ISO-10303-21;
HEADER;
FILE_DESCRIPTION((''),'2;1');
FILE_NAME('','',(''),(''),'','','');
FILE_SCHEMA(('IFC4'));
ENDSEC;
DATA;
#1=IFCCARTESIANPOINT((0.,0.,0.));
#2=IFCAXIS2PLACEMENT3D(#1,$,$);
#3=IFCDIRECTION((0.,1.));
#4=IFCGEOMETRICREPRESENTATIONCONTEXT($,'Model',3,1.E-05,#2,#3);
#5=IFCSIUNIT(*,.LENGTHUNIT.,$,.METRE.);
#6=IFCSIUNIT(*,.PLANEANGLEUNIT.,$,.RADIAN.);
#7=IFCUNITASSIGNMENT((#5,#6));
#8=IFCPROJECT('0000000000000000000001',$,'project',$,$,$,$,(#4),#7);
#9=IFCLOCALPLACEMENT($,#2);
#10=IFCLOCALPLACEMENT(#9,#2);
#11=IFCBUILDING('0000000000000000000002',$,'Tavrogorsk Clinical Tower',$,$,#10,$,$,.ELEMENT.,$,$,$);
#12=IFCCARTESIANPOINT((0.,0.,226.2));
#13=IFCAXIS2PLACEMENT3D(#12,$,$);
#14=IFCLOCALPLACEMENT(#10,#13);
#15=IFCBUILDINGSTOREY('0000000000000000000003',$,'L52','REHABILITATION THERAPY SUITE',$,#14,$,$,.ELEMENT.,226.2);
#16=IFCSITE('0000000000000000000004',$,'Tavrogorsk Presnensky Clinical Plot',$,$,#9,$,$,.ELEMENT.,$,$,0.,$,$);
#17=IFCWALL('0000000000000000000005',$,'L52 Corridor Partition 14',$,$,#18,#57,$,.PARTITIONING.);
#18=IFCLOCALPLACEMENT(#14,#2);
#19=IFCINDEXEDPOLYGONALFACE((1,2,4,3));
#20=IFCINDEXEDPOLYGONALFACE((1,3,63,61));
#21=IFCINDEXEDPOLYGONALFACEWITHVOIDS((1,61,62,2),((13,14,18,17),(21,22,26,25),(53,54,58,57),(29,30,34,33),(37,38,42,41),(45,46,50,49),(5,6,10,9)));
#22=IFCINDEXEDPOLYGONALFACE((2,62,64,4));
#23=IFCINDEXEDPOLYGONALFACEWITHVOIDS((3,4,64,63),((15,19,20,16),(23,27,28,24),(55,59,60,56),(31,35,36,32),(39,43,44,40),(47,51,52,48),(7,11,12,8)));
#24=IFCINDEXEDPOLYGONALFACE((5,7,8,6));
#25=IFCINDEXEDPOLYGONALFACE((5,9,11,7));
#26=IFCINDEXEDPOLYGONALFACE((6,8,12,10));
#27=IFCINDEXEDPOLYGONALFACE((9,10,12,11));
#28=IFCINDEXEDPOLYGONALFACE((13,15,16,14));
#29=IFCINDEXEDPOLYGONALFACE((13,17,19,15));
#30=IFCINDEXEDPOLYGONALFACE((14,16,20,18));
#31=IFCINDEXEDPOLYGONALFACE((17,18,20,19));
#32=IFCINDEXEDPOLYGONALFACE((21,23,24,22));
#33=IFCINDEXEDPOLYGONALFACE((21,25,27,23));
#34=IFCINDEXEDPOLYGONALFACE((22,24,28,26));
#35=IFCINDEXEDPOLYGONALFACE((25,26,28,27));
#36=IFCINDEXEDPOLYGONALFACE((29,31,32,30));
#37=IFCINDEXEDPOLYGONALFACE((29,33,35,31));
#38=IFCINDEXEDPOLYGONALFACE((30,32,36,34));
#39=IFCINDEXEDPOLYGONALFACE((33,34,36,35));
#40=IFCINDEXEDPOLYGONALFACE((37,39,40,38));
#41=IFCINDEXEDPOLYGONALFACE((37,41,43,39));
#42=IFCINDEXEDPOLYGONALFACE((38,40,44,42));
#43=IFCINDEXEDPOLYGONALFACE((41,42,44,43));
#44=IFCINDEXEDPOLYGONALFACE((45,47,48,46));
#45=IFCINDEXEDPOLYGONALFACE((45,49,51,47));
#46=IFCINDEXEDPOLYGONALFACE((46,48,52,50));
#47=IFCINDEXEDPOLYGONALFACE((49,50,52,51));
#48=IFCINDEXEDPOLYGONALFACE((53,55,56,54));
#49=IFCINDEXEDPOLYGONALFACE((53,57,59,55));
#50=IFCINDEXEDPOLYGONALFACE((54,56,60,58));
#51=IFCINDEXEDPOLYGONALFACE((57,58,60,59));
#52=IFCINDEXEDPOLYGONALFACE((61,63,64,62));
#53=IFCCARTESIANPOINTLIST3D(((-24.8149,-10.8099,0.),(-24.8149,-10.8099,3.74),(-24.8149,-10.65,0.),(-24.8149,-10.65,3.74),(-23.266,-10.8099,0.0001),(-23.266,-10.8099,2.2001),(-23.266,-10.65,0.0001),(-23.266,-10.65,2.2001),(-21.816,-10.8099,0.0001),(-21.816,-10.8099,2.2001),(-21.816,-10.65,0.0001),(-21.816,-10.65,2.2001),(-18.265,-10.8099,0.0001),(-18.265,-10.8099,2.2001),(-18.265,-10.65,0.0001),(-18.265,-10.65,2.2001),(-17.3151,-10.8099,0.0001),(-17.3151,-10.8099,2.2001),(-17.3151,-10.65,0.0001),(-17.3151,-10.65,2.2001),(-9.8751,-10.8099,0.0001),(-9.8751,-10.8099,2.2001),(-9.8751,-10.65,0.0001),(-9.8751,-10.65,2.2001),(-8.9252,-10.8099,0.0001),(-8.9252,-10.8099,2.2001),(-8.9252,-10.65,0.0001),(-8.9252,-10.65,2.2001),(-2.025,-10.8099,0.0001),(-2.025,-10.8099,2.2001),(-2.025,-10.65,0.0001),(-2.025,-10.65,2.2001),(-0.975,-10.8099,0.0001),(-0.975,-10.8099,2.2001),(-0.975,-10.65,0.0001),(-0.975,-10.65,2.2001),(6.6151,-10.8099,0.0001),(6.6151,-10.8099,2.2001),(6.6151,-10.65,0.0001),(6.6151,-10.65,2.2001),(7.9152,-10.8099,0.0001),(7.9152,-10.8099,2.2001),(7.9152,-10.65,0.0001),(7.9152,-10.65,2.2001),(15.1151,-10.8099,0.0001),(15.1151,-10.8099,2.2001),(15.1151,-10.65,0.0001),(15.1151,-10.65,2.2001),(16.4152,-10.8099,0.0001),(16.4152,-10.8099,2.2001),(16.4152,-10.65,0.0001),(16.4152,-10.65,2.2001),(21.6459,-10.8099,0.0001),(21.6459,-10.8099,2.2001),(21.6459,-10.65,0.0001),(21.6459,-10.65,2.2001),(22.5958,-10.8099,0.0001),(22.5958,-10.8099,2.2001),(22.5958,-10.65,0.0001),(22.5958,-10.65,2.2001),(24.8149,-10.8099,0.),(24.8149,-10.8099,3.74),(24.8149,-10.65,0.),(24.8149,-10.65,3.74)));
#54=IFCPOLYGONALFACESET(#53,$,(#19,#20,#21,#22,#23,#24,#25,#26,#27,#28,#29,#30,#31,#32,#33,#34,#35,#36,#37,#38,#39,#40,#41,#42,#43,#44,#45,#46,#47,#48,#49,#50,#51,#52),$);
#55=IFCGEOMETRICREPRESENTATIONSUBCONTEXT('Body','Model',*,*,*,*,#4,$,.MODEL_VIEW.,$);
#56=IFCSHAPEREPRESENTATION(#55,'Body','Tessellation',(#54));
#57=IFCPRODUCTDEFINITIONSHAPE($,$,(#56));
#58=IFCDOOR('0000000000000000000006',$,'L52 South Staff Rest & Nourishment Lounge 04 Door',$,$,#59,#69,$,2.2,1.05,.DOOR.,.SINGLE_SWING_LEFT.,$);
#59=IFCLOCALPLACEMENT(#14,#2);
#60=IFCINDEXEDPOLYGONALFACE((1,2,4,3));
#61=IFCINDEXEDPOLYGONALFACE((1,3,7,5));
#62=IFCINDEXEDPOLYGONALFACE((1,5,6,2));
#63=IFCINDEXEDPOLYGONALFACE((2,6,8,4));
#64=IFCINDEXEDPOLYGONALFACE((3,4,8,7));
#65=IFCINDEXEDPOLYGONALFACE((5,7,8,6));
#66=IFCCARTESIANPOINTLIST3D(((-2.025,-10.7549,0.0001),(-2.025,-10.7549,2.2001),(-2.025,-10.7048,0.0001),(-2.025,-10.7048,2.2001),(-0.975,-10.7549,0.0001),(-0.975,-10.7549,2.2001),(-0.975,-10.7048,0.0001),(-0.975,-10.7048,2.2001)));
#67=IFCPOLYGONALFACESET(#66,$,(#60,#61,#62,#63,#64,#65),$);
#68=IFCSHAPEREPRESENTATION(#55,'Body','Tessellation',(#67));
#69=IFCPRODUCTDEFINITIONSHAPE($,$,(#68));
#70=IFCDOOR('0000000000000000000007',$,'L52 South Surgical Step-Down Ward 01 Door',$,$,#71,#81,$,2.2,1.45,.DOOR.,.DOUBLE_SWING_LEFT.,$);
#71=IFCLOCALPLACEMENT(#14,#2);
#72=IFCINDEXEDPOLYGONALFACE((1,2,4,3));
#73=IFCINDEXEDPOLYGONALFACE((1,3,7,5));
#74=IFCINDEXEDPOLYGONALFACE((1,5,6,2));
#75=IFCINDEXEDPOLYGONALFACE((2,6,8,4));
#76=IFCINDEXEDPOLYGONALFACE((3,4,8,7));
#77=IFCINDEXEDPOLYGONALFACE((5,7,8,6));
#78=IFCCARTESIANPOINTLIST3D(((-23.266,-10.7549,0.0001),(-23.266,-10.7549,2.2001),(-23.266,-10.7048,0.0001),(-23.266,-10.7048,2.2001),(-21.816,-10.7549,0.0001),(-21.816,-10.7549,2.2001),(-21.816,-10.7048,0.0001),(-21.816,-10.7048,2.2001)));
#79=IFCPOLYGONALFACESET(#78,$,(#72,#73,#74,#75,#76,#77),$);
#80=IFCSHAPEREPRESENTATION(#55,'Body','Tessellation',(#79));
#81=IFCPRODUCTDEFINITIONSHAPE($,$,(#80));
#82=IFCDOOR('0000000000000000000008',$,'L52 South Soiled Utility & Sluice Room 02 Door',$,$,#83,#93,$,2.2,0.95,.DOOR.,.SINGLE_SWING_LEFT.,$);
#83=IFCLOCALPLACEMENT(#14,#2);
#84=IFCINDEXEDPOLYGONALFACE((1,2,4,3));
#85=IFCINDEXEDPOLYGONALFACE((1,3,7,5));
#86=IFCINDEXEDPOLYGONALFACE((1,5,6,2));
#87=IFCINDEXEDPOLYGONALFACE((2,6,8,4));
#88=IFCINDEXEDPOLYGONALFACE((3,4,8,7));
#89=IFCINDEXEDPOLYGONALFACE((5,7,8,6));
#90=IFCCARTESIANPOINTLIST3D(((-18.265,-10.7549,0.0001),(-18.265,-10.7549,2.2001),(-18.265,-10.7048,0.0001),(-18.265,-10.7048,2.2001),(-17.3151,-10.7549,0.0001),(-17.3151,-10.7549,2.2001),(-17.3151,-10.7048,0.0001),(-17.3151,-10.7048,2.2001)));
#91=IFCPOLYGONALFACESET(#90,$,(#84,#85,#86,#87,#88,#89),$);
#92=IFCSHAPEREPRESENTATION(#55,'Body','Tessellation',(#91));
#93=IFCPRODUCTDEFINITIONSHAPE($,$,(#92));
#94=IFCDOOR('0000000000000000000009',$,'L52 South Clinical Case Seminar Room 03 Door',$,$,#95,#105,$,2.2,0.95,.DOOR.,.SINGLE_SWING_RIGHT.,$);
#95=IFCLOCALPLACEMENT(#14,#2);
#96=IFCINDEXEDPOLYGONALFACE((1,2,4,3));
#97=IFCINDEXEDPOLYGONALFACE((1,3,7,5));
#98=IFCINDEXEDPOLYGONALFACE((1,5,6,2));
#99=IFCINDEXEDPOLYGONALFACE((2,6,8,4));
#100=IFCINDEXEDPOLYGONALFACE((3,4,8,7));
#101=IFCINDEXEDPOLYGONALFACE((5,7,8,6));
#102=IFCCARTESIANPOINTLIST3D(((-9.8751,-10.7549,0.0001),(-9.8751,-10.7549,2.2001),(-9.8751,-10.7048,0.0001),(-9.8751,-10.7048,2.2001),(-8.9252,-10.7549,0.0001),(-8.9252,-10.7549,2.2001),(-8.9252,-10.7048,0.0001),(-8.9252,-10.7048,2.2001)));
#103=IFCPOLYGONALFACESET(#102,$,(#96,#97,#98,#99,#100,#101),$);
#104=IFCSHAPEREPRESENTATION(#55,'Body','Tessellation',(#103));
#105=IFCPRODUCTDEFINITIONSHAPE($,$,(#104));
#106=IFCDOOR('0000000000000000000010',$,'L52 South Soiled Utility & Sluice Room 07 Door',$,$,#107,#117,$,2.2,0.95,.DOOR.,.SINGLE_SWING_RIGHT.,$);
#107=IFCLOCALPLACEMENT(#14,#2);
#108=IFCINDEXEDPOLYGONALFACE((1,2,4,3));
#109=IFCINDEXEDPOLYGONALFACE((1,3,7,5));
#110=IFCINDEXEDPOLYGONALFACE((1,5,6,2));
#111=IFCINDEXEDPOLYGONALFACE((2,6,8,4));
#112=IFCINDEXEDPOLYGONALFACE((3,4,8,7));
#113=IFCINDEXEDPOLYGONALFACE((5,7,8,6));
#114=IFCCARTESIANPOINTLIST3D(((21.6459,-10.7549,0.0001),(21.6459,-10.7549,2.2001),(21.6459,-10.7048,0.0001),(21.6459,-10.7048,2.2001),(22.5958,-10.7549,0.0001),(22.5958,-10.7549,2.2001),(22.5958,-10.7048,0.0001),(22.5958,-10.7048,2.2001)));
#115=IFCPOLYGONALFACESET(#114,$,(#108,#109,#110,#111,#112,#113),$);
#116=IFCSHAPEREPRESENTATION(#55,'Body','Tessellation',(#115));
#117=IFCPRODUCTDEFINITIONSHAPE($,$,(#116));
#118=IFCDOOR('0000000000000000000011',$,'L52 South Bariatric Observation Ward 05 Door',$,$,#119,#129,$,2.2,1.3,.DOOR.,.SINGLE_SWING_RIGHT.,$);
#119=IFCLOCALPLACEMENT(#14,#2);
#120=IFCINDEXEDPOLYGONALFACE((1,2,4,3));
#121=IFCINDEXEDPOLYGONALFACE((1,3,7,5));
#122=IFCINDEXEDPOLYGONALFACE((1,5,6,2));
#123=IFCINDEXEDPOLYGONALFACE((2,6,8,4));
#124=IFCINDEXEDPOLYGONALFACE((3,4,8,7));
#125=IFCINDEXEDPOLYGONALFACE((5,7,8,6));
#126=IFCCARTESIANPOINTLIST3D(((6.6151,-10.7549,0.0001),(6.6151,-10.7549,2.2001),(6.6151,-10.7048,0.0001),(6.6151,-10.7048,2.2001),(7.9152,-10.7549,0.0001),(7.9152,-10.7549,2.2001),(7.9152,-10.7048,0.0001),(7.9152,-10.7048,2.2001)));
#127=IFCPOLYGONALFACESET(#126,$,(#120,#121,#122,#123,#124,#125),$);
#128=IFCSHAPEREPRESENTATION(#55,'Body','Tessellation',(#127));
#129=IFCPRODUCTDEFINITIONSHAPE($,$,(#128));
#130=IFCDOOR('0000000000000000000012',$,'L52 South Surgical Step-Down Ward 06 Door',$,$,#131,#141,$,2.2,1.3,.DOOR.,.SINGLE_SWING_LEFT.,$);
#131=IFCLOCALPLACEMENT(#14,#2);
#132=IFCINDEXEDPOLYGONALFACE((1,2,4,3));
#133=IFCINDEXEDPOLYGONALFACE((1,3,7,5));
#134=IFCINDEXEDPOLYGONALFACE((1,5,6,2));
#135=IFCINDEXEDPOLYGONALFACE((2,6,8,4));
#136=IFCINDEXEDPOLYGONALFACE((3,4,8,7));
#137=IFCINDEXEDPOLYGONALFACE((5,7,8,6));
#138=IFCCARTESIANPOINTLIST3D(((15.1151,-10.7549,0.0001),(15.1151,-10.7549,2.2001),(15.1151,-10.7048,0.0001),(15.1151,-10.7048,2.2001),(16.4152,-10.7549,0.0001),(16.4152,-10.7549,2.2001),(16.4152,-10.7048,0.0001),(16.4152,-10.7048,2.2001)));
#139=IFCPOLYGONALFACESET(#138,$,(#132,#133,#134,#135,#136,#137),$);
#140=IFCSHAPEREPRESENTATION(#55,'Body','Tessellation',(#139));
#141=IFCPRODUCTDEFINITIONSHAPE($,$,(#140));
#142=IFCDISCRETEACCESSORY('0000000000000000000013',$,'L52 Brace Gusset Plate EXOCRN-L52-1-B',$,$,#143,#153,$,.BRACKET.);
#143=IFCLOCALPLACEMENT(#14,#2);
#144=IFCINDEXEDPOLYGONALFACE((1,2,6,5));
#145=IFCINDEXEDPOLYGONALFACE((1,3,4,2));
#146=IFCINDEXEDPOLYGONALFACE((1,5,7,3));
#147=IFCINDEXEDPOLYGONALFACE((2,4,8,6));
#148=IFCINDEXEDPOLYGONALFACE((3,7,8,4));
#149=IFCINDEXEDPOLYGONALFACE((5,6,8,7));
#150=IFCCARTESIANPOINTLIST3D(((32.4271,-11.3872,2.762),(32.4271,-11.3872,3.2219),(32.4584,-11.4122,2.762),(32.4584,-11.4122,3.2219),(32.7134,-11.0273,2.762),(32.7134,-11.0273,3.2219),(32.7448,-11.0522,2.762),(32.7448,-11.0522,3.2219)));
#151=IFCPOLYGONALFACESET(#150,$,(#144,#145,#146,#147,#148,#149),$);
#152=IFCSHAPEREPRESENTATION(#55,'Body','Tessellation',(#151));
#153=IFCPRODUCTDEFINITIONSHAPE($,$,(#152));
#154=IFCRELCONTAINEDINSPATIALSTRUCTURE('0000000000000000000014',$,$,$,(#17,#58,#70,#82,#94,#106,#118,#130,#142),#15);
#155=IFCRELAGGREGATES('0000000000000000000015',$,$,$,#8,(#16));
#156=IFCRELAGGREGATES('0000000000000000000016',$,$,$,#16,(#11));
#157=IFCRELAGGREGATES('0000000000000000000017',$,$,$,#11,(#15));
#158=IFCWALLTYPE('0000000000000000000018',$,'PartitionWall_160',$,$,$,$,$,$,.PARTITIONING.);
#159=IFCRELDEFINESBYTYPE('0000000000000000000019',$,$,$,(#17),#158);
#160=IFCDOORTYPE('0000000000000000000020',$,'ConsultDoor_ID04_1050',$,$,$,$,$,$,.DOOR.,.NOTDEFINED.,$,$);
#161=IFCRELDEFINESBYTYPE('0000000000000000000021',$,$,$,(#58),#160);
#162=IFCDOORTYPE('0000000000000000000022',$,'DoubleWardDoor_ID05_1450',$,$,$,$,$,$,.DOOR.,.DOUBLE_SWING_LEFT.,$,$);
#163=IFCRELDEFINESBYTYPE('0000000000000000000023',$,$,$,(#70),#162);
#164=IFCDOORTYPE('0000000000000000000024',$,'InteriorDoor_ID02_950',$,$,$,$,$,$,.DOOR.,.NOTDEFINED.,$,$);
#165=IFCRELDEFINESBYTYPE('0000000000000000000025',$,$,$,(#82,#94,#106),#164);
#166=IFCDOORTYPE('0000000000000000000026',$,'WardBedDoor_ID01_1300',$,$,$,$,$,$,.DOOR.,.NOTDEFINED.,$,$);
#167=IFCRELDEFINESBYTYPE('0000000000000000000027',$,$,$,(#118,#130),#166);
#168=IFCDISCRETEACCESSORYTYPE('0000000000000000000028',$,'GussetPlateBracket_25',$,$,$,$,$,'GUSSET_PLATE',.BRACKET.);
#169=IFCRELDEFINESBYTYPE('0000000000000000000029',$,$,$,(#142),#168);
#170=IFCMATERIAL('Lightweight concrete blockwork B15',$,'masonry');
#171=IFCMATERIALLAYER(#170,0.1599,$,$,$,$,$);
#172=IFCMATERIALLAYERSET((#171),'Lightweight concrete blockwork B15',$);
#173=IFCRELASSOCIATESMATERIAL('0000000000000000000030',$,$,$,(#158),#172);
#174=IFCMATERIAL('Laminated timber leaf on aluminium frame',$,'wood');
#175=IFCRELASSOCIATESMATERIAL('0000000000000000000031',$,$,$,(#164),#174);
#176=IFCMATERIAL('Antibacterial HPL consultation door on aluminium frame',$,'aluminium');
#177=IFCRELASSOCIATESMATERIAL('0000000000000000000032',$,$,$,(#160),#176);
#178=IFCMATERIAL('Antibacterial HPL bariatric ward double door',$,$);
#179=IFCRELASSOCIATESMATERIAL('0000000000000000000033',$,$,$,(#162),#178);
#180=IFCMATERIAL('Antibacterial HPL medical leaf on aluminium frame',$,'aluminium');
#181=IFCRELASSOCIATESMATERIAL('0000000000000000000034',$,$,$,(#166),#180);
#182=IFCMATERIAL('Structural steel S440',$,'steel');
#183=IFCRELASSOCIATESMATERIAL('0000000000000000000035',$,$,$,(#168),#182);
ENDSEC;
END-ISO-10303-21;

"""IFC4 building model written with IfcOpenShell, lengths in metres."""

from ifc_helpers import new_model, si_unit, direction, frame, frame_2d, origin, origin_2d, place, context, subcontext, project, spatial, rectangle, extrude, material, layer, layer_set, type_object, element, fill, save


model = new_model("IFC4")

# Units and contexts
model_context = context("Model", 3, precision=1e-05, world=origin(), true_north=direction((0.0, 1.0)))
body_context = subcontext(model_context, "Body", "Model", "MODEL_VIEW")
ifc_project = project(units=[si_unit("LENGTHUNIT", "METRE"), si_unit("PLANEANGLEUNIT", "RADIAN")], contexts=[model_context])

# Site, building, storey
site_placement = place(None, origin())
site = spatial("IfcSite", under=ifc_project, at=site_placement, Name="Tavrogorsk Presnensky Clinical Plot", CompositionType="ELEMENT", RefElevation=0.0)
building_placement = place(site_placement, origin())
building = spatial("IfcBuilding", under=site, at=building_placement, Name="Tavrogorsk Clinical Tower", CompositionType="ELEMENT")
storey_placement = place(building_placement, frame((0.0, 0.0, 226.2)))
storey = spatial("IfcBuildingStorey", under=building, at=storey_placement, Name="L52", Description="REHABILITATION THERAPY SUITE", CompositionType="ELEMENT", Elevation=226.2)

# Shared definitions
ifc_material_1 = material(Name="Lightweight concrete blockwork B15", Category="masonry")
ifc_layer = layer(ifc_material_1, 0.1599)
ifc_layer_set = layer_set([ifc_layer], Name="Lightweight concrete blockwork B15")
wall_type = type_object("IfcWallType", Name="PartitionWall_160", PredefinedType="PARTITIONING", material=ifc_layer_set)
ifc_material_2 = material(Name="Laminated timber leaf on aluminium frame", Category="wood")
door_type_1 = type_object("IfcDoorType", Name="InteriorDoor_ID02_950", OperationType="NOTDEFINED", PredefinedType="DOOR", material=ifc_material_2)

# Wall, openings, doors
wall_1_placement = place(storey_placement, frame((24.8149, -10.73, 0.0), z_axis=(0.0, 0.0, 1.0), x_axis=(-1.0, 0.0, 0.0)))
wall_1 = element("IfcWall", 1, at=wall_1_placement, inside=storey, type_object=wall_type, Name="L52 Corridor Partition 14", PredefinedType="PARTITIONING", context=body_context, shape_type="SweptSolid", body=[
    extrude(rectangle(XDim=49.6299, YDim=0.1599, at=frame_2d((24.8149, 0.0))), origin(), (0.0, 0.0, 1.0), 3.74),
])
opening_1_placement = place(wall_1_placement, frame((46.6309, 0.0, 0.0)))
opening_1 = element("IfcOpeningElement", 2, at=opening_1_placement, cuts=wall_1, PredefinedType="OPENING", context=body_context, shape_type="SweptSolid", body=[
    extrude(rectangle(XDim=1.45, YDim=2.2, at=frame_2d((0.7251, 1.1001))), frame((0.0, 0.0898, 0.0), z_axis=(0.0, -1.0, 0.0), x_axis=(1.0, 0.0, 0.0)), (0.0, 0.0, 1.0), 0.1799),
])
opening_2_placement = place(wall_1_placement, frame((42.1299, 0.0, 0.0)))
opening_2 = element("IfcOpeningElement", 3, at=opening_2_placement, cuts=wall_1, PredefinedType="OPENING", context=body_context, shape_type="SweptSolid", body=[
    extrude(rectangle(XDim=0.95, YDim=2.2, at=frame_2d((0.4751, 1.1001))), frame((0.0, 0.0898, 0.0), z_axis=(0.0, -1.0, 0.0), x_axis=(1.0, 0.0, 0.0)), (0.0, 0.0, 1.0), 0.1799),
])
opening_3_placement = place(wall_1_placement, frame((33.74, 0.0, 0.0)))
opening_3 = element("IfcOpeningElement", 4, at=opening_3_placement, cuts=wall_1, PredefinedType="OPENING", context=body_context, shape_type="SweptSolid", body=[
    extrude(rectangle(XDim=0.95, YDim=2.2, at=frame_2d((0.4751, 1.1001))), frame((0.0, 0.0898, 0.0), z_axis=(0.0, -1.0, 0.0), x_axis=(1.0, 0.0, 0.0)), (0.0, 0.0, 1.0), 0.1799),
])
opening_4_placement = place(wall_1_placement, frame((25.79, 0.0, 0.0)))
opening_4 = element("IfcOpeningElement", 5, at=opening_4_placement, cuts=wall_1, PredefinedType="OPENING", context=body_context, shape_type="SweptSolid", body=[
    extrude(rectangle(XDim=1.05, YDim=2.2, at=frame_2d((0.5249, 1.1001))), frame((0.0, 0.0898, 0.0), z_axis=(0.0, -1.0, 0.0), x_axis=(1.0, 0.0, 0.0)), (0.0, 0.0, 1.0), 0.1799),
])
opening_5_placement = place(wall_1_placement, frame((16.8999, 0.0, 0.0)))
opening_5 = element("IfcOpeningElement", 6, at=opening_5_placement, cuts=wall_1, PredefinedType="OPENING", context=body_context, shape_type="SweptSolid", body=[
    extrude(rectangle(XDim=1.3, YDim=2.2, at=frame_2d((0.6499, 1.1001))), frame((0.0, 0.0898, 0.0), z_axis=(0.0, -1.0, 0.0), x_axis=(1.0, 0.0, 0.0)), (0.0, 0.0, 1.0), 0.1799),
])
opening_6_placement = place(wall_1_placement, frame((8.3999, 0.0, 0.0)))
opening_6 = element("IfcOpeningElement", 7, at=opening_6_placement, cuts=wall_1, PredefinedType="OPENING", context=body_context, shape_type="SweptSolid", body=[
    extrude(rectangle(XDim=1.3, YDim=2.2, at=frame_2d((0.6499, 1.1001))), frame((0.0, 0.0898, 0.0), z_axis=(0.0, -1.0, 0.0), x_axis=(1.0, 0.0, 0.0)), (0.0, 0.0, 1.0), 0.1799),
])
opening_7_placement = place(wall_1_placement, frame((2.219, 0.0, 0.0)))
opening_7 = element("IfcOpeningElement", 8, at=opening_7_placement, cuts=wall_1, PredefinedType="OPENING", context=body_context, shape_type="SweptSolid", body=[
    extrude(rectangle(XDim=0.95, YDim=2.2, at=frame_2d((0.4751, 1.1001))), frame((0.0, 0.0898, 0.0), z_axis=(0.0, -1.0, 0.0), x_axis=(1.0, 0.0, 0.0)), (0.0, 0.0, 1.0), 0.1799),
])
ifc_material_3 = material(Name="Antibacterial HPL consultation door on aluminium frame", Category="aluminium")
door_type_2 = type_object("IfcDoorType", Name="ConsultDoor_ID04_1050", OperationType="NOTDEFINED", PredefinedType="DOOR", material=ifc_material_3)
door_1_placement = place(opening_4_placement, origin())
door_1 = element("IfcDoor", 9, at=door_1_placement, inside=storey, type_object=door_type_2, Name="L52 South Staff Rest & Nourishment Lounge 04 Door", OperationType="SINGLE_SWING_LEFT", OverallHeight=2.2, OverallWidth=1.05, PredefinedType="DOOR", context=body_context, shape_type="SweptSolid", body=[
    extrude(rectangle(XDim=1.05, YDim=2.2, at=frame_2d((0.5249, 1.1001))), frame((0.0, 0.0249, 0.0), z_axis=(0.0, -1.0, 0.0), x_axis=(1.0, 0.0, 0.0)), (0.0, 0.0, 1.0), 0.05),
])
fill(opening_4, door_1)
ifc_material_4 = material(Name="Antibacterial HPL bariatric ward double door")
door_type_3 = type_object("IfcDoorType", Name="DoubleWardDoor_ID05_1450", OperationType="DOUBLE_SWING_LEFT", PredefinedType="DOOR", material=ifc_material_4)
door_2_placement = place(opening_1_placement, origin())
door_2 = element("IfcDoor", 10, at=door_2_placement, inside=storey, type_object=door_type_3, Name="L52 South Surgical Step-Down Ward 01 Door", OperationType="DOUBLE_SWING_LEFT", OverallHeight=2.2, OverallWidth=1.45, PredefinedType="DOOR", context=body_context, shape_type="SweptSolid", body=[
    extrude(rectangle(XDim=1.45, YDim=2.2, at=frame_2d((0.7251, 1.1001))), frame((0.0, 0.0249, 0.0), z_axis=(0.0, -1.0, 0.0), x_axis=(1.0, 0.0, 0.0)), (0.0, 0.0, 1.0), 0.05),
])
fill(opening_1, door_2)
door_3_placement = place(opening_2_placement, origin())
door_3 = element("IfcDoor", 11, at=door_3_placement, inside=storey, type_object=door_type_1, Name="L52 South Soiled Utility & Sluice Room 02 Door", OperationType="SINGLE_SWING_LEFT", OverallHeight=2.2, OverallWidth=0.95, PredefinedType="DOOR", context=body_context, shape_type="SweptSolid", body=[
    extrude(rectangle(XDim=0.95, YDim=2.2, at=frame_2d((0.4751, 1.1001))), frame((0.0, 0.0249, 0.0), z_axis=(0.0, -1.0, 0.0), x_axis=(1.0, 0.0, 0.0)), (0.0, 0.0, 1.0), 0.05),
])
fill(opening_2, door_3)
door_4_placement = place(opening_3_placement, origin())
door_4 = element("IfcDoor", 12, at=door_4_placement, inside=storey, type_object=door_type_1, Name="L52 South Clinical Case Seminar Room 03 Door", OperationType="SINGLE_SWING_RIGHT", OverallHeight=2.2, OverallWidth=0.95, PredefinedType="DOOR", context=body_context, shape_type="SweptSolid", body=[
    extrude(rectangle(XDim=0.95, YDim=2.2, at=frame_2d((0.4751, 1.1001))), frame((0.0, 0.0249, 0.0), z_axis=(0.0, -1.0, 0.0), x_axis=(1.0, 0.0, 0.0)), (0.0, 0.0, 1.0), 0.05),
])
fill(opening_3, door_4)
door_5_placement = place(opening_7_placement, origin())
door_5 = element("IfcDoor", 13, at=door_5_placement, inside=storey, type_object=door_type_1, Name="L52 South Soiled Utility & Sluice Room 07 Door", OperationType="SINGLE_SWING_RIGHT", OverallHeight=2.2, OverallWidth=0.95, PredefinedType="DOOR", context=body_context, shape_type="SweptSolid", body=[
    extrude(rectangle(XDim=0.95, YDim=2.2, at=frame_2d((0.4751, 1.1001))), frame((0.0, 0.0249, 0.0), z_axis=(0.0, -1.0, 0.0), x_axis=(1.0, 0.0, 0.0)), (0.0, 0.0, 1.0), 0.05),
])
fill(opening_7, door_5)
ifc_material_5 = material(Name="Antibacterial HPL medical leaf on aluminium frame", Category="aluminium")
door_type_4 = type_object("IfcDoorType", Name="WardBedDoor_ID01_1300", OperationType="NOTDEFINED", PredefinedType="DOOR", material=ifc_material_5)
door_6_placement = place(opening_5_placement, origin())
door_6 = element("IfcDoor", 14, at=door_6_placement, inside=storey, type_object=door_type_4, Name="L52 South Bariatric Observation Ward 05 Door", OperationType="SINGLE_SWING_RIGHT", OverallHeight=2.2, OverallWidth=1.3, PredefinedType="DOOR", context=body_context, shape_type="SweptSolid", body=[
    extrude(rectangle(XDim=1.3, YDim=2.2, at=frame_2d((0.6499, 1.1001))), frame((0.0, 0.0249, 0.0), z_axis=(0.0, -1.0, 0.0), x_axis=(1.0, 0.0, 0.0)), (0.0, 0.0, 1.0), 0.05),
])
fill(opening_5, door_6)
door_7_placement = place(opening_6_placement, origin())
door_7 = element("IfcDoor", 15, at=door_7_placement, inside=storey, type_object=door_type_4, Name="L52 South Surgical Step-Down Ward 06 Door", OperationType="SINGLE_SWING_LEFT", OverallHeight=2.2, OverallWidth=1.3, PredefinedType="DOOR", context=body_context, shape_type="SweptSolid", body=[
    extrude(rectangle(XDim=1.3, YDim=2.2, at=frame_2d((0.6499, 1.1001))), frame((0.0, 0.0249, 0.0), z_axis=(0.0, -1.0, 0.0), x_axis=(1.0, 0.0, 0.0)), (0.0, 0.0, 1.0), 0.05),
])
fill(opening_6, door_7)

# Discrete accessory
ifc_material_6 = material(Name="Structural steel S440", Category="steel")
discrete_accessory_type = type_object("IfcDiscreteAccessoryType", Name="GussetPlateBracket_25", ElementType="GUSSET_PLATE", PredefinedType="BRACKET", material=ifc_material_6)
discrete_accessory_placement = place(storey_placement, frame((32.5859, -11.2197, 2.762), z_axis=(0.0, 0.0, 1.0), x_axis=(0.622515, 0.782608, 0.0)))
element("IfcDiscreteAccessory", 16, at=discrete_accessory_placement, inside=storey, type_object=discrete_accessory_type, Name="L52 Brace Gusset Plate EXOCRN-L52-1-B", PredefinedType="BRACKET", context=body_context, shape_type="SweptSolid", body=[
    extrude(rectangle(XDim=0.46, YDim=0.04, at=origin_2d()), origin(), (0.0, 0.0, 1.0), 0.46),
])

save(model, "model.ifc")
